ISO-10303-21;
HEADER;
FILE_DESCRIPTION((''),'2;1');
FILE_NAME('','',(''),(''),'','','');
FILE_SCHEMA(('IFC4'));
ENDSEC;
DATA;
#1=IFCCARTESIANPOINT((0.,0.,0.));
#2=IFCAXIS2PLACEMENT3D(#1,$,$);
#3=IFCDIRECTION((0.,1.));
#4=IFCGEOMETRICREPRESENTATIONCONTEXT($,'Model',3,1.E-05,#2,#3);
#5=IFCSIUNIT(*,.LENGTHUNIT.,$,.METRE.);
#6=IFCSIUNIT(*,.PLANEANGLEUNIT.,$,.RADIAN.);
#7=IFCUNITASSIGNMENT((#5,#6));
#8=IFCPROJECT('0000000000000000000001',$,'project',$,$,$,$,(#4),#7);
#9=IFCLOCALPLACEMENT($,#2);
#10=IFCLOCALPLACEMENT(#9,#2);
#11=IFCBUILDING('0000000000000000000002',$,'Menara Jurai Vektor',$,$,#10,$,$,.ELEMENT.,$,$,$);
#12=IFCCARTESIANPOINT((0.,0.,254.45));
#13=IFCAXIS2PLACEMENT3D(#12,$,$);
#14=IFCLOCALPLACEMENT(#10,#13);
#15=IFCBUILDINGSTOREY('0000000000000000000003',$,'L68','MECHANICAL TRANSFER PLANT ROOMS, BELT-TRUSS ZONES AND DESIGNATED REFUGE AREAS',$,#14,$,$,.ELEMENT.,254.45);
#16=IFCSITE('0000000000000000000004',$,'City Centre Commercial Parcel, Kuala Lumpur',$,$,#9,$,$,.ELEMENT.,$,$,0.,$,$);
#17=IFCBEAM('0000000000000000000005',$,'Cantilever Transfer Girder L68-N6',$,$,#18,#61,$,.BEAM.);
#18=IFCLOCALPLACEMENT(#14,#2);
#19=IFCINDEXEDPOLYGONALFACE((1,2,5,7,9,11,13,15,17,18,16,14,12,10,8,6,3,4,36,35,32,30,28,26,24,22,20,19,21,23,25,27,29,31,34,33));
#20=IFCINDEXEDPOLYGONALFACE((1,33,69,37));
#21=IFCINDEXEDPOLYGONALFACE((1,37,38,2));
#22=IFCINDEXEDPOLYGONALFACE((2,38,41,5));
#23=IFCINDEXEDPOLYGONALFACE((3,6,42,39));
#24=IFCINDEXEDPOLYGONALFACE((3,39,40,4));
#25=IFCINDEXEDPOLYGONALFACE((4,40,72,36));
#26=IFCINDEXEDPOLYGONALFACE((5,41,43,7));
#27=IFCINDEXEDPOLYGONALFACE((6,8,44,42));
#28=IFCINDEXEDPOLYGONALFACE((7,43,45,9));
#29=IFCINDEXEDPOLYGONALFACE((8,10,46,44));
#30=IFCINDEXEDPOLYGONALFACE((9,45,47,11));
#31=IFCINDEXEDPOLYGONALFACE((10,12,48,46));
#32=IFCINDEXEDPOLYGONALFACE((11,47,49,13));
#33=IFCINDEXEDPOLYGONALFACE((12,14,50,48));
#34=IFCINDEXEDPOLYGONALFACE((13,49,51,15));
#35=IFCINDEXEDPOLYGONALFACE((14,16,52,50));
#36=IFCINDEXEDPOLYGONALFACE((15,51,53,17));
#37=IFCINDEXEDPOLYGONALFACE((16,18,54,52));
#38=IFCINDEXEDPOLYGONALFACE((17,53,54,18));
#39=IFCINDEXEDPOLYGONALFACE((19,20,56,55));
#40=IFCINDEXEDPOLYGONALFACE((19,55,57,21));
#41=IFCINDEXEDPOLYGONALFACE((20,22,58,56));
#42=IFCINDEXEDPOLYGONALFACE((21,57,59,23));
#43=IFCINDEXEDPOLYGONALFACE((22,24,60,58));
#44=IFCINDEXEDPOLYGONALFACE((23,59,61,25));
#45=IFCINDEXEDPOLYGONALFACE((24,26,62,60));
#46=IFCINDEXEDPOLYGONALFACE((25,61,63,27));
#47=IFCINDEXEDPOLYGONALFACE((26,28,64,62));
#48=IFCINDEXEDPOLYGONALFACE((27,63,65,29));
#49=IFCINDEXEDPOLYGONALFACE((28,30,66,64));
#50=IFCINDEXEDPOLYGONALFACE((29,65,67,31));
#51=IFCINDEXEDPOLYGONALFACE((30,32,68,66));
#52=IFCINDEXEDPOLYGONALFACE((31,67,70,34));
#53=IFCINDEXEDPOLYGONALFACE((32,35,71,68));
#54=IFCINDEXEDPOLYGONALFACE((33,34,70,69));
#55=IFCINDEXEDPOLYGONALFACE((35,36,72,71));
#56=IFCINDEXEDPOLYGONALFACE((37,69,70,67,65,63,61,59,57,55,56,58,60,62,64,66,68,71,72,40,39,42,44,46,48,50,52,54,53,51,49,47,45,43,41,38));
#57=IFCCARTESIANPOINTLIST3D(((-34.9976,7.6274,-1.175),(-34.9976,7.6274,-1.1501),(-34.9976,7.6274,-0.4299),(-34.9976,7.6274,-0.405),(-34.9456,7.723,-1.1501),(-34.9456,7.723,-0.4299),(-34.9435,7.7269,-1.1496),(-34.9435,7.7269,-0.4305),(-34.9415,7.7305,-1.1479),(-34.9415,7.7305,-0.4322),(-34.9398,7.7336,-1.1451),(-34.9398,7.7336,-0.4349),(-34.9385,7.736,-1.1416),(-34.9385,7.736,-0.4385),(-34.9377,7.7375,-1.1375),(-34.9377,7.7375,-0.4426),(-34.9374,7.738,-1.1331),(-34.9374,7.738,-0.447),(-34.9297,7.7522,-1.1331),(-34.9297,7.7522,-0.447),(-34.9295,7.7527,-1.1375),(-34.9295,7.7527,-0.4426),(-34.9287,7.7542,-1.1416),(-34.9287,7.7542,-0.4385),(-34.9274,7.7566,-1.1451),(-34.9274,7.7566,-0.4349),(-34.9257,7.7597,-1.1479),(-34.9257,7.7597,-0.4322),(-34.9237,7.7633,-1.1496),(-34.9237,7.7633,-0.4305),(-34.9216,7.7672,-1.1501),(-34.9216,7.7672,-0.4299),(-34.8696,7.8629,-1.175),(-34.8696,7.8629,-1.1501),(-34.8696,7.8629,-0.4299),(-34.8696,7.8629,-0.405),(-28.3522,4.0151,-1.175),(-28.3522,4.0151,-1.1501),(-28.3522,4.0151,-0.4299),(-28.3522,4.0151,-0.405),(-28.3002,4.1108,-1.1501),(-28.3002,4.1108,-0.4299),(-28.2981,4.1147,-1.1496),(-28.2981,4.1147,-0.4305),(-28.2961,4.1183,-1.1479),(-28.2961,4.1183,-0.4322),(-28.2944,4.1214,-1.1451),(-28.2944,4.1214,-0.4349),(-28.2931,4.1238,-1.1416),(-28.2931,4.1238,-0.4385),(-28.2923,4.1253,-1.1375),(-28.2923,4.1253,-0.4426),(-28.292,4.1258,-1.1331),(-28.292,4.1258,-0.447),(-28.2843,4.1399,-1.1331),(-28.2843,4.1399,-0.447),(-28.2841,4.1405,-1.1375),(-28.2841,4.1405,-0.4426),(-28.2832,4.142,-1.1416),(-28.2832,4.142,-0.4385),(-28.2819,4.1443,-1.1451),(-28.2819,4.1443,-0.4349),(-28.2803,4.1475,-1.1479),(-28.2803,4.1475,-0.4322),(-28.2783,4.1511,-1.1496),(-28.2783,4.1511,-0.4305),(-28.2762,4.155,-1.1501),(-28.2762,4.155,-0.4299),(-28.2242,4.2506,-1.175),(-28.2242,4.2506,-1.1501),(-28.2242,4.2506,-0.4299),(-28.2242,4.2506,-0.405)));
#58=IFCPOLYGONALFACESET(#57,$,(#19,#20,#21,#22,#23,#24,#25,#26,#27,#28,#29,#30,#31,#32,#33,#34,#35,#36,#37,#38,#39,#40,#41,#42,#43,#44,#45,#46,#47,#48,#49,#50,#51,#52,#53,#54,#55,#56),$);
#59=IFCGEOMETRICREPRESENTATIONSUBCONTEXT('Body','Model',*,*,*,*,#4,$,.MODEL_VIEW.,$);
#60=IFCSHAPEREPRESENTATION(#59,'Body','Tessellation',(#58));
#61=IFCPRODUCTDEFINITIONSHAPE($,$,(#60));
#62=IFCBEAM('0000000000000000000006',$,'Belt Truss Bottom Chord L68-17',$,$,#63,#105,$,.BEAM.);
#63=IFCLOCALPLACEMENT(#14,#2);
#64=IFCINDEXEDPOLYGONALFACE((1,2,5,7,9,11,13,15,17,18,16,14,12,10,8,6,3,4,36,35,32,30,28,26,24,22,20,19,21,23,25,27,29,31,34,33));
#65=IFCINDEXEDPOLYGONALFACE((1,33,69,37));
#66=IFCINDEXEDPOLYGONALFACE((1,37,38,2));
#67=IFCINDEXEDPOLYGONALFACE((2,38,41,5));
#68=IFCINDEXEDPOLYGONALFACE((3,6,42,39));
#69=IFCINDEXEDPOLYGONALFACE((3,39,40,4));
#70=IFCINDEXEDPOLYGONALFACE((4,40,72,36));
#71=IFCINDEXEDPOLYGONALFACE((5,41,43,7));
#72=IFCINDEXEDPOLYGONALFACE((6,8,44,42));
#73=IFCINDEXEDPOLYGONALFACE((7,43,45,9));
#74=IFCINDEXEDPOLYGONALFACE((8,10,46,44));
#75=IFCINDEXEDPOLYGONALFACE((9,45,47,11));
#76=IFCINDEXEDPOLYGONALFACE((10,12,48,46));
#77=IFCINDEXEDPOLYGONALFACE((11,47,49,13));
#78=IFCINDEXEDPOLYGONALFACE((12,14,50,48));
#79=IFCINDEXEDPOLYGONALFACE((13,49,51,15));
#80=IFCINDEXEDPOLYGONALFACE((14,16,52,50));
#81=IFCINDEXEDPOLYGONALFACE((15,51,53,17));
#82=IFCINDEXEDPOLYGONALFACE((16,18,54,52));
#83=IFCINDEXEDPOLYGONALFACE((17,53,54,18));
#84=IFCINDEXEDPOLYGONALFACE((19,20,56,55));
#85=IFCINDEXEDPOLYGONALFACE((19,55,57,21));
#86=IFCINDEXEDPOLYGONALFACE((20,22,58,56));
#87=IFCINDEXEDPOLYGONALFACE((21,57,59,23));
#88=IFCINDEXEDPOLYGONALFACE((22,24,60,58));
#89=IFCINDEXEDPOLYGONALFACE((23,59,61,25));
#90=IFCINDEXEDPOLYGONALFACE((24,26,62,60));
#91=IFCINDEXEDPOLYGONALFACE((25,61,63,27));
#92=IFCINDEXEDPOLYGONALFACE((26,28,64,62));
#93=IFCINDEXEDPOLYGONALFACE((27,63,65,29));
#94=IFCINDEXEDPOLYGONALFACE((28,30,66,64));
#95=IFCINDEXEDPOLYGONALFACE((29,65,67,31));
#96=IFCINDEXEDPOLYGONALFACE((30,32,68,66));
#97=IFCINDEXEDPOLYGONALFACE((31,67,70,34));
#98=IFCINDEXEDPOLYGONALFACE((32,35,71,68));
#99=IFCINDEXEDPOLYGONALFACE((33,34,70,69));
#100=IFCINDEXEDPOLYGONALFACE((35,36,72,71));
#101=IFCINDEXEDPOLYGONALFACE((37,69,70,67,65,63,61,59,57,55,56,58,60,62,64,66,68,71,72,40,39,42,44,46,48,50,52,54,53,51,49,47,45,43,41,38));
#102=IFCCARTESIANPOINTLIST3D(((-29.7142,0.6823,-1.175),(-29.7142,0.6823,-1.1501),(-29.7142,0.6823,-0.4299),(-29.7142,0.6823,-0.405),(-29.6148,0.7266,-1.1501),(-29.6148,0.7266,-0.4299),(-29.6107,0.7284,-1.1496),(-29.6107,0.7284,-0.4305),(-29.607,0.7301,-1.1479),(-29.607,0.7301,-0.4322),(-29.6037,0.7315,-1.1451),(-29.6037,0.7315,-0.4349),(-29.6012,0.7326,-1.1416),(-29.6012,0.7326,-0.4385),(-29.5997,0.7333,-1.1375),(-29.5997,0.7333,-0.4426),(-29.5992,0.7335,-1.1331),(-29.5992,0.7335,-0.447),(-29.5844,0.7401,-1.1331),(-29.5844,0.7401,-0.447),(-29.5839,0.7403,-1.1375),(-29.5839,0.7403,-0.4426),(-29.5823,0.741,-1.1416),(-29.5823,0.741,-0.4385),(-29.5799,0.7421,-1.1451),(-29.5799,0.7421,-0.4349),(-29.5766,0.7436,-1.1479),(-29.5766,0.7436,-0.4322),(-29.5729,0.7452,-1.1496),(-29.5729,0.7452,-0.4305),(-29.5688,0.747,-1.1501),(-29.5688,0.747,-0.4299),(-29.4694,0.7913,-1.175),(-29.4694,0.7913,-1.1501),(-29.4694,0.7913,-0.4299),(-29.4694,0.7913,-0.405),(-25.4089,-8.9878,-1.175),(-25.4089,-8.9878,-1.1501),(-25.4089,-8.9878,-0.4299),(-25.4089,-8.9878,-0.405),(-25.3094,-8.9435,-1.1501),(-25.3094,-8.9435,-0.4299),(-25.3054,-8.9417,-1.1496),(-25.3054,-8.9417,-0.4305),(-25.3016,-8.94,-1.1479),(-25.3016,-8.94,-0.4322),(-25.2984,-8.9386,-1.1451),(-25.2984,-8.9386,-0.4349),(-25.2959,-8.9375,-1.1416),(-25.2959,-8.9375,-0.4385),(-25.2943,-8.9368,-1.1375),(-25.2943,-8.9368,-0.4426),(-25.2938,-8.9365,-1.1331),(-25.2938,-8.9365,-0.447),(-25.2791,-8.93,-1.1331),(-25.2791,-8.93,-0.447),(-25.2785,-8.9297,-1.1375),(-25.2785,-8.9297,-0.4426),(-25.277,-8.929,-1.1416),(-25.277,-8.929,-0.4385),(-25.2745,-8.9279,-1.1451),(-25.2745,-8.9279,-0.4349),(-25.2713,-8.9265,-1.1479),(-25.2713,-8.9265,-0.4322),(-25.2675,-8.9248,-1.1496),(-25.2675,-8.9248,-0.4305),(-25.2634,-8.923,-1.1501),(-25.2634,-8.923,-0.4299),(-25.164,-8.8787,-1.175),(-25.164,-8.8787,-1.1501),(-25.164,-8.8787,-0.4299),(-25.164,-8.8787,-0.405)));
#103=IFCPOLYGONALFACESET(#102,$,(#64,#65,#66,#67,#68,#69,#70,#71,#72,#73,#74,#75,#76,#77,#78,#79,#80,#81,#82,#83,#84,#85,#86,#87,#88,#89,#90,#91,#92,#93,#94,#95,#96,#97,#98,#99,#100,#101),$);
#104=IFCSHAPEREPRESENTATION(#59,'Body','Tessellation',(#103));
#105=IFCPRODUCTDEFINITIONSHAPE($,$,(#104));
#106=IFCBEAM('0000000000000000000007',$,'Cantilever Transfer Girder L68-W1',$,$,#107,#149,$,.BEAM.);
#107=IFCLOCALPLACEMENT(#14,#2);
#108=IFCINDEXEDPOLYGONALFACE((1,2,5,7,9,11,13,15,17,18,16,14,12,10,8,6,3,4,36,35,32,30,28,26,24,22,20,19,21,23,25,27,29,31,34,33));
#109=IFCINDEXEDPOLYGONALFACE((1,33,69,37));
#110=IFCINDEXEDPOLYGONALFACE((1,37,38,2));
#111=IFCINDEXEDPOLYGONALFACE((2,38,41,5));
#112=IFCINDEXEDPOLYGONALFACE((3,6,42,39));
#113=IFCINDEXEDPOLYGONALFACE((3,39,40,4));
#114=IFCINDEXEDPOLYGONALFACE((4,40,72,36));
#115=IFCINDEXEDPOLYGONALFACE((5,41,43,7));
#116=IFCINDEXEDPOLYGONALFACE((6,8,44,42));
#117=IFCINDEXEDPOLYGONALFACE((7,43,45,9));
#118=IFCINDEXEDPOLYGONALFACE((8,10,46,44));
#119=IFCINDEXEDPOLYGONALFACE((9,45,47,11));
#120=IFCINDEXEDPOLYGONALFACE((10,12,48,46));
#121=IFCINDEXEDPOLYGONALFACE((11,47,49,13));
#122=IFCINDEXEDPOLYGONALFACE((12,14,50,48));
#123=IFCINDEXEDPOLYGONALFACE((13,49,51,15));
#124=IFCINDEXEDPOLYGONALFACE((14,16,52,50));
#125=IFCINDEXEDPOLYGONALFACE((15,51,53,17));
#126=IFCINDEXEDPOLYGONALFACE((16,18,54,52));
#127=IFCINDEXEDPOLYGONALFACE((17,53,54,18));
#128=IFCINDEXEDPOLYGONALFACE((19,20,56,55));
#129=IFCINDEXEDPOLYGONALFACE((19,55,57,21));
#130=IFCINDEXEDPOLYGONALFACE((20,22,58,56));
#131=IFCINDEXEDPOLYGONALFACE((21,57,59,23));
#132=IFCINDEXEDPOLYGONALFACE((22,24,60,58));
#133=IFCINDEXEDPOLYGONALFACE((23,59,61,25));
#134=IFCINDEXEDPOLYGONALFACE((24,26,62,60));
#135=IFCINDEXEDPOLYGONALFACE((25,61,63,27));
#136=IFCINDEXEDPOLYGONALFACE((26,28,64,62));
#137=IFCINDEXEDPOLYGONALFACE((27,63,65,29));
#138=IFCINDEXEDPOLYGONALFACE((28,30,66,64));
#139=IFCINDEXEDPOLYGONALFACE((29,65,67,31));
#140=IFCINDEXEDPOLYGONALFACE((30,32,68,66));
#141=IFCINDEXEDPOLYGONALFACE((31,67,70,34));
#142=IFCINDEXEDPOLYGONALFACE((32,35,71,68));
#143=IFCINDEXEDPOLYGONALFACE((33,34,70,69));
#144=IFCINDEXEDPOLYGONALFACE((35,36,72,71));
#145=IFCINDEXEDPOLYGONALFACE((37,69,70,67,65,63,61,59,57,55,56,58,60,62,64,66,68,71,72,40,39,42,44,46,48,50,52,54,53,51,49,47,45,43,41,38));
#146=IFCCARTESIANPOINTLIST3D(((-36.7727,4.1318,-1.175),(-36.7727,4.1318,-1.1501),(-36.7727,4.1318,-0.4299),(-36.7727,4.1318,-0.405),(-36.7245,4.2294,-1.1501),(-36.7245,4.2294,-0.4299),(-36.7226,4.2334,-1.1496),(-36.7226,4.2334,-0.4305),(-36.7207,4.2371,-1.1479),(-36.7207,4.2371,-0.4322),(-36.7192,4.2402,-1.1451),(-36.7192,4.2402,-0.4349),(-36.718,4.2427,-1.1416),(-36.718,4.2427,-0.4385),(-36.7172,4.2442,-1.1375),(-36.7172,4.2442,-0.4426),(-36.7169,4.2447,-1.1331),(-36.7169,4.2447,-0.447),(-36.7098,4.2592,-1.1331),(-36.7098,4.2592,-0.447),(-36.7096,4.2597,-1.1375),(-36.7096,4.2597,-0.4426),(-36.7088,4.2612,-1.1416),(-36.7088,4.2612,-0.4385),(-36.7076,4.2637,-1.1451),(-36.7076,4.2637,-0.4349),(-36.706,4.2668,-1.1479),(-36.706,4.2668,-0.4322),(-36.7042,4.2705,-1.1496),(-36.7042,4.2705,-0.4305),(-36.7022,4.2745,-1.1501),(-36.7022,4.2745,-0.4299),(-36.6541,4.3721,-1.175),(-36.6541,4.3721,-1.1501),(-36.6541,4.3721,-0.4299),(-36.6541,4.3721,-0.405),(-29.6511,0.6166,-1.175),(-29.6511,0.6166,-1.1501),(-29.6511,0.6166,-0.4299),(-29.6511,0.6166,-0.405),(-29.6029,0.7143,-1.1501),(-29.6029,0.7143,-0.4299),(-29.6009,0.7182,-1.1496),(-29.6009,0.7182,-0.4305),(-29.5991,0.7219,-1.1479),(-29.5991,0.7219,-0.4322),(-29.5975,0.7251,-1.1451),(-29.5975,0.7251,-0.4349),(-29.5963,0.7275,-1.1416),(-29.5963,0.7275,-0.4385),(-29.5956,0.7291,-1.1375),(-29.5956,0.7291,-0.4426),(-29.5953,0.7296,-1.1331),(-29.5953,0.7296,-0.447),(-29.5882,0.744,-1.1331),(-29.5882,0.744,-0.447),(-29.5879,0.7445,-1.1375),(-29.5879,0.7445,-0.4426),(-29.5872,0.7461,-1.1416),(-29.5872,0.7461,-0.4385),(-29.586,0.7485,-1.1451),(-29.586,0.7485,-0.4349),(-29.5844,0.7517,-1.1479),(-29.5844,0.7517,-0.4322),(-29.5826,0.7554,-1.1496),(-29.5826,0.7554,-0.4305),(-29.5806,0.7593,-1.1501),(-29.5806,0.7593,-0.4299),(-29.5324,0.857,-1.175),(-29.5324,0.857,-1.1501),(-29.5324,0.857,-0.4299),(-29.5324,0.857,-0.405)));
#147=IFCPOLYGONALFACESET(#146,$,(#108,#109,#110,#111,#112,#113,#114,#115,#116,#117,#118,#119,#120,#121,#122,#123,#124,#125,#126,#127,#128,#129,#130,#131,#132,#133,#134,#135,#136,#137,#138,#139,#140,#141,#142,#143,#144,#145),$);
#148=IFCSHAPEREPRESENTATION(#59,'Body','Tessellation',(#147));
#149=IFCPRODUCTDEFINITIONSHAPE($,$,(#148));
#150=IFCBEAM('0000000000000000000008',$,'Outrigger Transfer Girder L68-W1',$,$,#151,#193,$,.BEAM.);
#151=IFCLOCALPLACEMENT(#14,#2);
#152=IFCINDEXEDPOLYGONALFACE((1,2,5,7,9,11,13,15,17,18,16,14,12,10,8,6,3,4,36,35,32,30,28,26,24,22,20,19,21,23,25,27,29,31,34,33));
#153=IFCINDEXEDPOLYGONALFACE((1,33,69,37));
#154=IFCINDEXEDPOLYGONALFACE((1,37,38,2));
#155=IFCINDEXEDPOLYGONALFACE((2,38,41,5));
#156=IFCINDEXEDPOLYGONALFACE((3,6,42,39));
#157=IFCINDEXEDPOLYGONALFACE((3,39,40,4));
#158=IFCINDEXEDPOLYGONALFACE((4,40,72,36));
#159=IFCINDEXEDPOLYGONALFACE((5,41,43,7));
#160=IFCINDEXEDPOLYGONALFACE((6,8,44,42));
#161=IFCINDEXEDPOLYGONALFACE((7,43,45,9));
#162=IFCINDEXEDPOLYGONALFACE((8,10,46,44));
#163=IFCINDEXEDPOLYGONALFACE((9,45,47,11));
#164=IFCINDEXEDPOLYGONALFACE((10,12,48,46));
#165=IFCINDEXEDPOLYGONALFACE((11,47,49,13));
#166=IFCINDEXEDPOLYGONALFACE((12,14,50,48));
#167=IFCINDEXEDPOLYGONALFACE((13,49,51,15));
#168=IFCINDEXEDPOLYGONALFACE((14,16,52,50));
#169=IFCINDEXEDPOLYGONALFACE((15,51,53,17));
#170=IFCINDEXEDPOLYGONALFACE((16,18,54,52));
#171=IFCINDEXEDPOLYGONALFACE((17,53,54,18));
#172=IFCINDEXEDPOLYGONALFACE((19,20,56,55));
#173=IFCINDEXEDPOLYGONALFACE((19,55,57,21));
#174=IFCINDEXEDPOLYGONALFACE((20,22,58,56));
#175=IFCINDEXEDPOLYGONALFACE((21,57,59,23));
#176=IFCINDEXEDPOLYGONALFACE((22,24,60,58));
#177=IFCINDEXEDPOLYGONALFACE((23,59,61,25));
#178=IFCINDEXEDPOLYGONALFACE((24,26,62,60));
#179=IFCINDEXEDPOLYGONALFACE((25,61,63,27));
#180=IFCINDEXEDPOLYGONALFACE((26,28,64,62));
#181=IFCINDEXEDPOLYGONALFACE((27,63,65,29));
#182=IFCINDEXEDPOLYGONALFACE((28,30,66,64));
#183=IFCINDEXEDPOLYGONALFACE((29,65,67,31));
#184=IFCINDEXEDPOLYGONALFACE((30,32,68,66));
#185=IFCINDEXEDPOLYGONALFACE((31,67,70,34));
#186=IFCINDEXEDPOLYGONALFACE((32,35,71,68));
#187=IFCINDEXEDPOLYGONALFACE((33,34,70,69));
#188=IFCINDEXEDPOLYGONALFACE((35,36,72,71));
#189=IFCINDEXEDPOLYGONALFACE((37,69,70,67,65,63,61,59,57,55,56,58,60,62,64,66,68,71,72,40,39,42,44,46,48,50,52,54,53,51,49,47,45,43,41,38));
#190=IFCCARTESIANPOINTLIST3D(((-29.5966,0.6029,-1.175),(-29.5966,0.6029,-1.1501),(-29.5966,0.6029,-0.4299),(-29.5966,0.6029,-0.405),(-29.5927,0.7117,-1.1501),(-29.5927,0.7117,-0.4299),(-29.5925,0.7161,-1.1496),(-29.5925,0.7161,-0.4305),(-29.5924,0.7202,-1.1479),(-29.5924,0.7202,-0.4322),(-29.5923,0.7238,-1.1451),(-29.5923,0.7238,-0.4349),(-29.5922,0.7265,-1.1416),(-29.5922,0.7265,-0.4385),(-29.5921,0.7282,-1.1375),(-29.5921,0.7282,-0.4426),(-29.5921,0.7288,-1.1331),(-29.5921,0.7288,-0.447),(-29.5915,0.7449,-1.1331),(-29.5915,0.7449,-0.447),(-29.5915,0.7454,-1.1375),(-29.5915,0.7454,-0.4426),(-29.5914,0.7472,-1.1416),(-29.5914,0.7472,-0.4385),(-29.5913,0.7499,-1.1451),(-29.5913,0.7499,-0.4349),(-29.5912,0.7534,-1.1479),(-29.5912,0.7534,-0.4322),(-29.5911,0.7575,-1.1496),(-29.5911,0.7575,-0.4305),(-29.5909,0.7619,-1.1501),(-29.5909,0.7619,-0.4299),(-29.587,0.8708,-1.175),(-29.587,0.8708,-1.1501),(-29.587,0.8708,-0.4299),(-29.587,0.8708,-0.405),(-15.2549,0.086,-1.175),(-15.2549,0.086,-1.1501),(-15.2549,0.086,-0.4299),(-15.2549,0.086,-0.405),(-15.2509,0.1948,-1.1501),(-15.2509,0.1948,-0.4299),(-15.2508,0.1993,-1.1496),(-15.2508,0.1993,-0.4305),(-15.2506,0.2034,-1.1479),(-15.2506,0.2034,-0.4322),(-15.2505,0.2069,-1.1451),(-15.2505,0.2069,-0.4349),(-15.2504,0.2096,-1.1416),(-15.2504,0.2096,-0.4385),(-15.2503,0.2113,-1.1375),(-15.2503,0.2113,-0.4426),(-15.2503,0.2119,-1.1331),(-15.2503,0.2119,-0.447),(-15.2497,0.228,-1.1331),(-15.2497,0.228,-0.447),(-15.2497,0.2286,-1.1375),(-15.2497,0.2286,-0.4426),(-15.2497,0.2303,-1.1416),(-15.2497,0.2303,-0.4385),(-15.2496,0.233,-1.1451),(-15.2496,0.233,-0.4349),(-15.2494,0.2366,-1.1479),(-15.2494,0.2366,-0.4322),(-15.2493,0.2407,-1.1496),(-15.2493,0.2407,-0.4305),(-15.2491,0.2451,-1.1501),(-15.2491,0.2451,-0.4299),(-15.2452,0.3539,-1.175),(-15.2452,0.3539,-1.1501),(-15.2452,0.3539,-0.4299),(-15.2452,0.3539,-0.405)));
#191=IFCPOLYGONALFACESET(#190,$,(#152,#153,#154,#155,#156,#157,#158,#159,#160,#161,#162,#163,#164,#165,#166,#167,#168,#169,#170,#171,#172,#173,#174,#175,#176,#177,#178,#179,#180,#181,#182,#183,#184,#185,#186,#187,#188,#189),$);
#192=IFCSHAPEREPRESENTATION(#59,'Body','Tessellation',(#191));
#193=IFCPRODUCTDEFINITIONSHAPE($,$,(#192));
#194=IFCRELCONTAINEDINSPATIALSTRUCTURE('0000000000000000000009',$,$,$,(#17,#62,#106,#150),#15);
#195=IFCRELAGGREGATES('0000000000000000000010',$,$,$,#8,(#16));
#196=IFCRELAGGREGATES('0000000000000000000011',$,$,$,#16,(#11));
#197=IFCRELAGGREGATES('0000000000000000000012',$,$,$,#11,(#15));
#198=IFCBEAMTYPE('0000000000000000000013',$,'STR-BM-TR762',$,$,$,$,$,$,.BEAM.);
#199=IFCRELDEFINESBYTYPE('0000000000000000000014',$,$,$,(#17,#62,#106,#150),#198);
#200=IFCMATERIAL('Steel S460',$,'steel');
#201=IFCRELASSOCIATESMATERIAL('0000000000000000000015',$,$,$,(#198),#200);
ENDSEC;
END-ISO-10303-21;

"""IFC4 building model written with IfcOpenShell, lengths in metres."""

from ifc_helpers import new_model, si_unit, direction, frame, origin, origin_2d, place, context, subcontext, project, spatial, i_section, extrude, material, material_profile, profile_set, type_object, element, save


model = new_model("IFC4")

# Units and contexts
model_context = context("Model", 3, precision=1e-05, world=origin(), true_north=direction((0.0, 1.0)))
body_context = subcontext(model_context, "Body", "Model", "MODEL_VIEW")
ifc_project = project(units=[si_unit("LENGTHUNIT", "METRE"), si_unit("PLANEANGLEUNIT", "RADIAN")], contexts=[model_context])

# Site, building, storey
site_placement = place(None, origin())
site = spatial("IfcSite", under=ifc_project, at=site_placement, Name="City Centre Commercial Parcel, Kuala Lumpur", CompositionType="ELEMENT", RefElevation=0.0)
building_placement = place(site_placement, origin())
building = spatial("IfcBuilding", under=site, at=building_placement, Name="Menara Jurai Vektor", CompositionType="ELEMENT")
storey_placement = place(building_placement, frame((0.0, 0.0, 254.45)))
storey = spatial("IfcBuildingStorey", under=building, at=storey_placement, Name="L68", Description="MECHANICAL TRANSFER PLANT ROOMS, BELT-TRUSS ZONES AND DESIGNATED REFUGE AREAS", CompositionType="ELEMENT", Elevation=254.45)

# Shared definitions
ifc_material_1 = material(Name="Steel S460", Category="steel")

# Beams
ifc_material_profile_1 = material_profile(ifc_material_1, i_section(OverallWidth=0.2681, OverallDepth=0.77, WebThickness=0.0161, FlangeThickness=0.0249, FilletRadius=0.0171, at=origin_2d()), Name="UKB 762x267x197")
ifc_profile_set_1 = profile_set([ifc_material_profile_1], Name="Steel S460")
beam_type_1 = type_object("IfcBeamType", Name="STR-BM-TR762", PredefinedType="BEAM", material=ifc_profile_set_1)
beam_1_placement = place(storey_placement, frame((-34.9336, 7.7451, -0.79), z_axis=(0.87859, -0.477576, 0.0), x_axis=(0.477576, 0.87859, 0.0)))
element("IfcBeam", 1, at=beam_1_placement, inside=storey, type_object=beam_type_1, Name="Cantilever Transfer Girder L68-N6", PredefinedType="BEAM", context=body_context, shape_type="SweptSolid", body=[
    extrude(i_section(OverallWidth=0.2681, OverallDepth=0.77, WebThickness=0.0161, FlangeThickness=0.0249, FilletRadius=0.0171, at=origin_2d()), origin(), (0.0, 0.0, 1.0), 7.5637),
])
beam_2_placement = place(storey_placement, frame((-29.5918, 0.7368, -0.79), z_axis=(0.406735, -0.913546, 0.0), x_axis=(0.913546, 0.406735, 0.0)))
element("IfcBeam", 2, at=beam_2_placement, inside=storey, type_object=beam_type_1, Name="Belt Truss Bottom Chord L68-17", PredefinedType="BEAM", context=body_context, shape_type="SweptSolid", body=[
    extrude(i_section(OverallWidth=0.2681, OverallDepth=0.77, WebThickness=0.0161, FlangeThickness=0.0249, FilletRadius=0.0171, at=origin_2d()), origin(), (0.0, 0.0, 1.0), 10.5852),
])
beam_3_placement = place(storey_placement, frame((-36.7134, 4.252, -0.79), z_axis=(0.896715, -0.442609, 0.0), x_axis=(0.442609, 0.896715, 0.0)))
element("IfcBeam", 3, at=beam_3_placement, inside=storey, type_object=beam_type_1, Name="Cantilever Transfer Girder L68-W1", PredefinedType="BEAM", context=body_context, shape_type="SweptSolid", body=[
    extrude(i_section(OverallWidth=0.2681, OverallDepth=0.77, WebThickness=0.0161, FlangeThickness=0.0249, FilletRadius=0.0171, at=origin_2d()), origin(), (0.0, 0.0, 1.0), 7.9419),
])
beam_4_placement = place(storey_placement, frame((-29.5918, 0.7368, -0.79), z_axis=(0.999351, -0.036014, 0.0), x_axis=(0.036014, 0.999351, 0.0)))
element("IfcBeam", 4, at=beam_4_placement, inside=storey, type_object=beam_type_1, Name="Outrigger Transfer Girder L68-W1", PredefinedType="BEAM", context=body_context, shape_type="SweptSolid", body=[
    extrude(i_section(OverallWidth=0.2681, OverallDepth=0.77, WebThickness=0.0161, FlangeThickness=0.0249, FilletRadius=0.0171, at=origin_2d()), origin(), (0.0, 0.0, 1.0), 14.3511),
])

save(model, "model.ifc")
